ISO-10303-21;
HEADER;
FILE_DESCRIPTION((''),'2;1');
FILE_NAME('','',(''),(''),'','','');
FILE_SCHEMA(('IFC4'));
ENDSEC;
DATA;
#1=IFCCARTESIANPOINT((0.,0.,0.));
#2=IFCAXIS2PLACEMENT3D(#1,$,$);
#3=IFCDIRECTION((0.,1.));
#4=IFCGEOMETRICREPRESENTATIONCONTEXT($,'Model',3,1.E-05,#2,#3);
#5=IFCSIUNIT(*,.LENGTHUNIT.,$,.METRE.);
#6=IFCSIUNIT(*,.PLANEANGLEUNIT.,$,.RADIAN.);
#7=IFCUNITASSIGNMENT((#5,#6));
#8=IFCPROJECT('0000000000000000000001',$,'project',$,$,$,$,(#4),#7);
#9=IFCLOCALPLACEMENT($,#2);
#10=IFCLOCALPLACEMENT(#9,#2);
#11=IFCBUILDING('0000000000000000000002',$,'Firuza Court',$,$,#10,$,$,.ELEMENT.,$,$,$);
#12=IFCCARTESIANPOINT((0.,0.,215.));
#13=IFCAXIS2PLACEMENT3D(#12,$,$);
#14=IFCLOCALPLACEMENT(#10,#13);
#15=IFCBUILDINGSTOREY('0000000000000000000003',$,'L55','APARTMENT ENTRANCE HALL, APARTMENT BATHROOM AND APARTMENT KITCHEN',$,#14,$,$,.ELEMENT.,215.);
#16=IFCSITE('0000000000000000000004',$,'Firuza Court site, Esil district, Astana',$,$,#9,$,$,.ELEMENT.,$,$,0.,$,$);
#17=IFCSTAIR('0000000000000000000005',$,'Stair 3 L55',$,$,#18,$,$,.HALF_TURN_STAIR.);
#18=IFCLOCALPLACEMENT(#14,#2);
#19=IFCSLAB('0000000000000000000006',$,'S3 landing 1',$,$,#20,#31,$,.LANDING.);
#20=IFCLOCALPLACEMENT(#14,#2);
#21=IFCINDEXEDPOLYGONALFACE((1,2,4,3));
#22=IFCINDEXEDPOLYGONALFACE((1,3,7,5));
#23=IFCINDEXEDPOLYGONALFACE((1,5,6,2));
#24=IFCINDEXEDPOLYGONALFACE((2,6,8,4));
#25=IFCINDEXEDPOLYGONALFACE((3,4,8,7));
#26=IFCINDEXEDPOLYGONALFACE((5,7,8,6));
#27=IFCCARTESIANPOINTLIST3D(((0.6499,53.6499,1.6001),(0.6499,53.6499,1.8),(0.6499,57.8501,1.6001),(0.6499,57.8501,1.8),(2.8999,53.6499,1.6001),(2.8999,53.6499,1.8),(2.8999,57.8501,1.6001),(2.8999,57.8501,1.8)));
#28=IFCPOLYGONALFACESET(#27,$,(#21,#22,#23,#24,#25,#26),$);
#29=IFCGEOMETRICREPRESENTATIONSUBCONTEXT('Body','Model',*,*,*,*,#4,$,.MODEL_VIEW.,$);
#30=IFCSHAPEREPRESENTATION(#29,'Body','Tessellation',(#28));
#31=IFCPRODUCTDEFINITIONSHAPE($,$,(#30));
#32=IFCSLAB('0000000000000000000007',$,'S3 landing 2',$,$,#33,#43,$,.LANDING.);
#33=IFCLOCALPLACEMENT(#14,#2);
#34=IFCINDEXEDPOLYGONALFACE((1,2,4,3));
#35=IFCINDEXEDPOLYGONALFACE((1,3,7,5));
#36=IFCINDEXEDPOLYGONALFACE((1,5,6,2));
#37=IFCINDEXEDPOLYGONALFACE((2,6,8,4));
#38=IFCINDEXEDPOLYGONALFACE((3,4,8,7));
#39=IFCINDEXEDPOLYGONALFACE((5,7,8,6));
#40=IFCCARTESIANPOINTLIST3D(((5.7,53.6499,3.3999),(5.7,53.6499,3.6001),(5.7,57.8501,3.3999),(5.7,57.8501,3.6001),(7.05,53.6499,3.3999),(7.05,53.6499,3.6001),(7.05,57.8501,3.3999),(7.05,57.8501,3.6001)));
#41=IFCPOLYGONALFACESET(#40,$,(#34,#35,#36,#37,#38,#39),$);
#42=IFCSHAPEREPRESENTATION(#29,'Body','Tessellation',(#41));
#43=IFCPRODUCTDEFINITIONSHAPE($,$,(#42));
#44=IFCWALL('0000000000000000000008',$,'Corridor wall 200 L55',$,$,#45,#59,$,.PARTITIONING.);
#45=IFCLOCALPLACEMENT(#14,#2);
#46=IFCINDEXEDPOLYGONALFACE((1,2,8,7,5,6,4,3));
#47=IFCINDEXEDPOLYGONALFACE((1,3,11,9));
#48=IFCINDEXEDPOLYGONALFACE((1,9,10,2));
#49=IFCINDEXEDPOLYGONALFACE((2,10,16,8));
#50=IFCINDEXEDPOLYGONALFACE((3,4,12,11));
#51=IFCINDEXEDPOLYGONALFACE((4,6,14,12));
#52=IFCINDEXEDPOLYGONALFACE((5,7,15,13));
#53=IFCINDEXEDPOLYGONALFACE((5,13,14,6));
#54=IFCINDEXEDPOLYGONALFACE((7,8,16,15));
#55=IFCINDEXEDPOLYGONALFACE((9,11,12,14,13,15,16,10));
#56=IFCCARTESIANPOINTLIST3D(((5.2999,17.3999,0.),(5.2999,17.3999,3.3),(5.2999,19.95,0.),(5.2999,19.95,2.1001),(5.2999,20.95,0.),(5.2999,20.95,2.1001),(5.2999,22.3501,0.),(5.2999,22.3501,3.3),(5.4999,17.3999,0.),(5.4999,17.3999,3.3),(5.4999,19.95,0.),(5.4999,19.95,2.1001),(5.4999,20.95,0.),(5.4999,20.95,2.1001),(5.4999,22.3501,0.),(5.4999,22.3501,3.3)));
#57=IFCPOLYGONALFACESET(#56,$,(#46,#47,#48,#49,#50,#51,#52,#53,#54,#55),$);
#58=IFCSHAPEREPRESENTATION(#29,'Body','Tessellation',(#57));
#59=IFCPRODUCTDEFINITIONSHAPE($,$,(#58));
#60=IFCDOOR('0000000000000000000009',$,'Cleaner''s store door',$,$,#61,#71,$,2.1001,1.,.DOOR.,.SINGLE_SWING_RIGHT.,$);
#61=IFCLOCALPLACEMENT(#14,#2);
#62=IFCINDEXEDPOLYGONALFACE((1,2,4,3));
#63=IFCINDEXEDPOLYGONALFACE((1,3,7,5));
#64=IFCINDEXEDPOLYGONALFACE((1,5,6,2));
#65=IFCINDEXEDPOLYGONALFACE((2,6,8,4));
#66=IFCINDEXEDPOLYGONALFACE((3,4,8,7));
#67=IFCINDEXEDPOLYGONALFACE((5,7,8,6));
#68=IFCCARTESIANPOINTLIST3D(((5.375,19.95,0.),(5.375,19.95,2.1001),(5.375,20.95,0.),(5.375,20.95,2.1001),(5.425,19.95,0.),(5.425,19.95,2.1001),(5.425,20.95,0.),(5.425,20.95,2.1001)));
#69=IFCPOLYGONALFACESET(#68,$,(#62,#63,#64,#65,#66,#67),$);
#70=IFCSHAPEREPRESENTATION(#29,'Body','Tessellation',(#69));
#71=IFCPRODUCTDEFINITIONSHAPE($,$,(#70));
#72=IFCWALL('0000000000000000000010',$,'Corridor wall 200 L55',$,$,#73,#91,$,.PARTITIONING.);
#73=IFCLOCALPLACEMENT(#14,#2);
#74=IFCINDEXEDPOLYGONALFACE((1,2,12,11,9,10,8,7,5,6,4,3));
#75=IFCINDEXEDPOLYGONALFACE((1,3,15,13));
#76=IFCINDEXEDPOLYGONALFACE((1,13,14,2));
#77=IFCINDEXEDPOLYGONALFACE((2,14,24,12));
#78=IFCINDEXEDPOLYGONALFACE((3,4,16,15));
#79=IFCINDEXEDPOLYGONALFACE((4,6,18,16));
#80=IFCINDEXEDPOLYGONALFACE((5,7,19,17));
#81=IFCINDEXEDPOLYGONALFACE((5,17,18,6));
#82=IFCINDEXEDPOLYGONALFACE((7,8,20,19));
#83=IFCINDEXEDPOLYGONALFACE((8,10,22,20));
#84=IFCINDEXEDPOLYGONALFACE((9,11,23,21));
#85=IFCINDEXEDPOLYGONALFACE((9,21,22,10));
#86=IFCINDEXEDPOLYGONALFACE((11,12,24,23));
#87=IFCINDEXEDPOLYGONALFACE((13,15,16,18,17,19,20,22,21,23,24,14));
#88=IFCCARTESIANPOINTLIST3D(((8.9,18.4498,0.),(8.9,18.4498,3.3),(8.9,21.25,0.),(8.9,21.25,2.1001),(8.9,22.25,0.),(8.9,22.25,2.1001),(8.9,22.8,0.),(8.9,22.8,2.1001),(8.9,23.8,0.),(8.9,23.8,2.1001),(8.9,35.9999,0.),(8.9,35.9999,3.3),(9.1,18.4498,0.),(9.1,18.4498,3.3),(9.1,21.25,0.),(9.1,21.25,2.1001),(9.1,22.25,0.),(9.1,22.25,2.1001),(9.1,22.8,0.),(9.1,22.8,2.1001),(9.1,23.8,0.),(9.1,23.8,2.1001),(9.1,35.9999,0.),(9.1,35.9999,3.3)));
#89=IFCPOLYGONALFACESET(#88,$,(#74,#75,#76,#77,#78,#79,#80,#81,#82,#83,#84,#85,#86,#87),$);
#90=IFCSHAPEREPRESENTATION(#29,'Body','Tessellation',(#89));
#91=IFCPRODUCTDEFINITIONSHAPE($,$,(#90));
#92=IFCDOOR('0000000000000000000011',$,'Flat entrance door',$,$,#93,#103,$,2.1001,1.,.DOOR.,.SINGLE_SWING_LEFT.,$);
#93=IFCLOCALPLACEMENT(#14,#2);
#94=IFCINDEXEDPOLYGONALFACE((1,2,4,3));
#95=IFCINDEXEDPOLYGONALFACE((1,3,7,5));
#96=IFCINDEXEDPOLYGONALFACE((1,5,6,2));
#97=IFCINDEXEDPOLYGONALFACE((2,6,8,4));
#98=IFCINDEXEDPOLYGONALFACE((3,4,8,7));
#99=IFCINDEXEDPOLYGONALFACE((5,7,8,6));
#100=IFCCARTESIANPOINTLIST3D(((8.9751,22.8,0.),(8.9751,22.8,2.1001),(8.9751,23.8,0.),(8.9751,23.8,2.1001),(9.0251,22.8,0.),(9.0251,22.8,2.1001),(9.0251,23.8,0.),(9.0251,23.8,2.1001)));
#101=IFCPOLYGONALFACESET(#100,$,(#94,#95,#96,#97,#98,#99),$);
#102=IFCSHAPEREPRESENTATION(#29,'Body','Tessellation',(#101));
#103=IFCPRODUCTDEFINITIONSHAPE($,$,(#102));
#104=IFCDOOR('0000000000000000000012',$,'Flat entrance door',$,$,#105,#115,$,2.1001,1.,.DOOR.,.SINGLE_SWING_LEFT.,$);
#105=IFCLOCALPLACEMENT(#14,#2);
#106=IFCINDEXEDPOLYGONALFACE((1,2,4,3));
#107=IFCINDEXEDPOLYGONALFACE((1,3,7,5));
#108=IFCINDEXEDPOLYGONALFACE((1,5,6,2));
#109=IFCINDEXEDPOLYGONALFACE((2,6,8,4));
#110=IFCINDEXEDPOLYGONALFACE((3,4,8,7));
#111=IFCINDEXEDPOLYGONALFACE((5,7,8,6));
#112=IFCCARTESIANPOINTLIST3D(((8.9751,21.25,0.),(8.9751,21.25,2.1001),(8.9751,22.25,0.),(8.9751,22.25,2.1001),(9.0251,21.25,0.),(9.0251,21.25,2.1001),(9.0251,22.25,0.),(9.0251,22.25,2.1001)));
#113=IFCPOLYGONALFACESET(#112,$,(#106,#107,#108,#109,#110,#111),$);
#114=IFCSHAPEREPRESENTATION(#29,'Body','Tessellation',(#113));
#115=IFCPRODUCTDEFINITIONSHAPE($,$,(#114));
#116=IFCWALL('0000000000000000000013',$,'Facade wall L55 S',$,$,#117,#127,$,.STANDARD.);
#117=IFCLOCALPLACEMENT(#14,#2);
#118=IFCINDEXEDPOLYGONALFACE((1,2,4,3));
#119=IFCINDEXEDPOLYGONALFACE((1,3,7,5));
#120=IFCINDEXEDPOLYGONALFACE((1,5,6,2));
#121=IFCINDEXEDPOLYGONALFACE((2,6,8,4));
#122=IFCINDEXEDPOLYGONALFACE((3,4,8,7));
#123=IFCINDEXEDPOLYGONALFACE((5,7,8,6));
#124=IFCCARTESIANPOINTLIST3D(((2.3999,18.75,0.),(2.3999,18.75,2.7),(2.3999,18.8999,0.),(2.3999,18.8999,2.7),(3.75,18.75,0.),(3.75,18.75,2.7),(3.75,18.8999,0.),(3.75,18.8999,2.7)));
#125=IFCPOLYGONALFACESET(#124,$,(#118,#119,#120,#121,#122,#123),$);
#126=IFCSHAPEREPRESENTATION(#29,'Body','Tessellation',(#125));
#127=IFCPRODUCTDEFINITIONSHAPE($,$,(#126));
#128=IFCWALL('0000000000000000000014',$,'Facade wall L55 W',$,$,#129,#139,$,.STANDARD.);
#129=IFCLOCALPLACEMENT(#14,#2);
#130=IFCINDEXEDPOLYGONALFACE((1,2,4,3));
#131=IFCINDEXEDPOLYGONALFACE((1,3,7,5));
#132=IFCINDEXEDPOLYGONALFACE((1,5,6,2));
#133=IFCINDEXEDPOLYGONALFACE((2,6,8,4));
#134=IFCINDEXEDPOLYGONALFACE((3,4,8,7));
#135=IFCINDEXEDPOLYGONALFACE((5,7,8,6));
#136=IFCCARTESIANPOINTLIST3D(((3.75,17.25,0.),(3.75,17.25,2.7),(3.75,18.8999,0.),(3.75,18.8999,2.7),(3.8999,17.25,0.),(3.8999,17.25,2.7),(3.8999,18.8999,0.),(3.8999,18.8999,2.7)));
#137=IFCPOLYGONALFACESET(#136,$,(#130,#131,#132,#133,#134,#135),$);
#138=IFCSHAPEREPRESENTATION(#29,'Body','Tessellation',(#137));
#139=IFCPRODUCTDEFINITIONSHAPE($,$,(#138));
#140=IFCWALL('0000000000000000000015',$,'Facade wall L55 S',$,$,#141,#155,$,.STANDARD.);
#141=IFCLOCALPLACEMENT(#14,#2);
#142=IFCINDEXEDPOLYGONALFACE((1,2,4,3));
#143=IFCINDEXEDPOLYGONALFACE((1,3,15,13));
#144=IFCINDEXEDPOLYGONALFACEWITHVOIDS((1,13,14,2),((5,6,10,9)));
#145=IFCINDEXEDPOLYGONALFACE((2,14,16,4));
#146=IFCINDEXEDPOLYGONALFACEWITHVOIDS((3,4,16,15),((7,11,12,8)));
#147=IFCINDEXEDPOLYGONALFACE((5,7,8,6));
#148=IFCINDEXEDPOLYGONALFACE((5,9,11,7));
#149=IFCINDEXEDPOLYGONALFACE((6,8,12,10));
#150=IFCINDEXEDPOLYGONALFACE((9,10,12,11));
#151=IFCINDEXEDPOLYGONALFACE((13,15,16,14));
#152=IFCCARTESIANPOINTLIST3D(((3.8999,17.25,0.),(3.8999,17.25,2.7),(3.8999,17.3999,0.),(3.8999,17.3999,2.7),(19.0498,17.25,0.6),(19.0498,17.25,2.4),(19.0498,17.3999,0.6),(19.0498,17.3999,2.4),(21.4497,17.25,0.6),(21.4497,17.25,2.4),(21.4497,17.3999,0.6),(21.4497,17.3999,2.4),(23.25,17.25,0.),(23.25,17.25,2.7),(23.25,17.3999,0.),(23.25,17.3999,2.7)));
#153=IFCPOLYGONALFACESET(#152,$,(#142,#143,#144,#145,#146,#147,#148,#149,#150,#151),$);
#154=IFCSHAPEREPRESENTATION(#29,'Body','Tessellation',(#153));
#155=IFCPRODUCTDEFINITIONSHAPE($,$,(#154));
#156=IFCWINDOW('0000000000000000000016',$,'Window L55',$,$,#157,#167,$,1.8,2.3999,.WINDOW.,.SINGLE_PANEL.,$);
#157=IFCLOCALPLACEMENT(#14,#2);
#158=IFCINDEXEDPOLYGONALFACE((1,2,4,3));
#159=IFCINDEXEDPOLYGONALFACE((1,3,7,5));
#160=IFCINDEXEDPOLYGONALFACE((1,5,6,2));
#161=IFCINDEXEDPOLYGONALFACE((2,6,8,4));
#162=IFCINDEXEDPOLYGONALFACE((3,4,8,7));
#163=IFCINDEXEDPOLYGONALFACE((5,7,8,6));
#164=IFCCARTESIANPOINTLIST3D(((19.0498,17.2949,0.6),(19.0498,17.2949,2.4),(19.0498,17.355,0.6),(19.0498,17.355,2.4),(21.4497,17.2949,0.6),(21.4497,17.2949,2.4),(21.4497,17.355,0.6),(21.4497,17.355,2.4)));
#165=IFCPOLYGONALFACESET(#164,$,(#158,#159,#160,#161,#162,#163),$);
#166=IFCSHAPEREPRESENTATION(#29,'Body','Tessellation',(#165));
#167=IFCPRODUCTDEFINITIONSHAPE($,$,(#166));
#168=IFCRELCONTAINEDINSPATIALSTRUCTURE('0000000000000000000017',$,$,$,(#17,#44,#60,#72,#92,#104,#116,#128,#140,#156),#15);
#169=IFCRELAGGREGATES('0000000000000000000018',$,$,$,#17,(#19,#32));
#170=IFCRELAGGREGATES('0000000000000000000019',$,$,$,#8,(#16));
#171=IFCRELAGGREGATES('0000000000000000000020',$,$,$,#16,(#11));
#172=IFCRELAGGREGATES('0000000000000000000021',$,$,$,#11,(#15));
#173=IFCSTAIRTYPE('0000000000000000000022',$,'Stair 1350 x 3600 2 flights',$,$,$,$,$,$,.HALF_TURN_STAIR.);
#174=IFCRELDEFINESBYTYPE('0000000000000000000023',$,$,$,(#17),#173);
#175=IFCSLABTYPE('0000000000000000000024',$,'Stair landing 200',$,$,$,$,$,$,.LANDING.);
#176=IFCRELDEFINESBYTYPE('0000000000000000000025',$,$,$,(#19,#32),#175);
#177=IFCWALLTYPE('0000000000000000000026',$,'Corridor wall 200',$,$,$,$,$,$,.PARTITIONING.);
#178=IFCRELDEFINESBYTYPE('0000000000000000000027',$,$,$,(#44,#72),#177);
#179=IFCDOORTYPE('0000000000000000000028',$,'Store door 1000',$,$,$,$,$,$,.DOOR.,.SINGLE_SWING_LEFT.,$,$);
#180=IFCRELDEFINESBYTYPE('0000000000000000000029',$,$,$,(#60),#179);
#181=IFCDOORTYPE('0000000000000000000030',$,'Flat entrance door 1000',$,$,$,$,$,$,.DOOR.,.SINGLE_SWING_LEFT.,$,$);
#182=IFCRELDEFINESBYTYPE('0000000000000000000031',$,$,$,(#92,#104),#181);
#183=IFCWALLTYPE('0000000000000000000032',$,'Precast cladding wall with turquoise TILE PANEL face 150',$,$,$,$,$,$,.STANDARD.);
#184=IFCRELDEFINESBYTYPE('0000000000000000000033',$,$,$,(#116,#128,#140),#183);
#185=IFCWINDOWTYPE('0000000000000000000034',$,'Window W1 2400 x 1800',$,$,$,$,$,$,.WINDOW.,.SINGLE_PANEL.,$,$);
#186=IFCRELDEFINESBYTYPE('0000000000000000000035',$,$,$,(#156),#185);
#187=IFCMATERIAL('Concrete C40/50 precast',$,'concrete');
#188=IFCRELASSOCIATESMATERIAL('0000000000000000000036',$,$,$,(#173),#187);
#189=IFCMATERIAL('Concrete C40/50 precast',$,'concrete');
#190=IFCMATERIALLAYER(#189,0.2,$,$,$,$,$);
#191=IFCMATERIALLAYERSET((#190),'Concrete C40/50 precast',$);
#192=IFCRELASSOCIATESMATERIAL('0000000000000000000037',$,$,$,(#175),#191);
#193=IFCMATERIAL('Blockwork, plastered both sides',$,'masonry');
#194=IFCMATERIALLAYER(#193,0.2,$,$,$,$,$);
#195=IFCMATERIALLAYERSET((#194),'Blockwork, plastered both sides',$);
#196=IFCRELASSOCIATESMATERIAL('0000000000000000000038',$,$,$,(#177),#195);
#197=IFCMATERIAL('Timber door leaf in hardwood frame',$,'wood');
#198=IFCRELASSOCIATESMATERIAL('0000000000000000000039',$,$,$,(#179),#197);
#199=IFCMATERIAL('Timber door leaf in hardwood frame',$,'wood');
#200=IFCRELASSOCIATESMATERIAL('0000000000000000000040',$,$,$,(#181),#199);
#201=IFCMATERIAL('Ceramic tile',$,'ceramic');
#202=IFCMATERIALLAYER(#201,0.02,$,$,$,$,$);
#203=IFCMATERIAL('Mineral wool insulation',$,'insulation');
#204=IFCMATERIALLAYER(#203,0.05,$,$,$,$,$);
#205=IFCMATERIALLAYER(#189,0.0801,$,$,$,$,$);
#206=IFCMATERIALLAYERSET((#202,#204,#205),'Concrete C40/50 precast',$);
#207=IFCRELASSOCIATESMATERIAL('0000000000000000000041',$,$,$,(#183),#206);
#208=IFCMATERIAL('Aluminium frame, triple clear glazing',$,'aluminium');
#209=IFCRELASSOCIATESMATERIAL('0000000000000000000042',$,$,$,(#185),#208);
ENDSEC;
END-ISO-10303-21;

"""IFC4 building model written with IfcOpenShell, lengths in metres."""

from ifc_helpers import new_model, si_unit, direction, frame, frame_2d, origin, place, context, subcontext, project, spatial, polyline, rectangle, outline, extrude, material, layer, layer_set, type_object, element, fill, aggregate, save


model = new_model("IFC4")

# Units and contexts
model_context = context("Model", 3, precision=1e-05, world=origin(), true_north=direction((0.0, 1.0)))
body_context = subcontext(model_context, "Body", "Model", "MODEL_VIEW")
ifc_project = project(units=[si_unit("LENGTHUNIT", "METRE"), si_unit("PLANEANGLEUNIT", "RADIAN")], contexts=[model_context])

# Site, building, storey
site_placement = place(None, origin())
site = spatial("IfcSite", under=ifc_project, at=site_placement, Name="Firuza Court site, Esil district, Astana", CompositionType="ELEMENT", RefElevation=0.0)
building_placement = place(site_placement, origin())
building = spatial("IfcBuilding", under=site, at=building_placement, Name="Firuza Court", CompositionType="ELEMENT")
storey_placement = place(building_placement, frame((0.0, 0.0, 215.0)))
storey = spatial("IfcBuildingStorey", under=building, at=storey_placement, Name="L55", Description="APARTMENT ENTRANCE HALL, APARTMENT BATHROOM AND APARTMENT KITCHEN", CompositionType="ELEMENT", Elevation=215.0)

# Stair, slabs
ifc_material_1 = material(Name="Concrete C40/50 precast", Category="concrete")
stair_type = type_object("IfcStairType", Name="Stair 1350 x 3600 2 flights", PredefinedType="HALF_TURN_STAIR", material=ifc_material_1)
ifc_material_2 = material(Name="Concrete C40/50 precast", Category="concrete")
ifc_layer_1 = layer(ifc_material_2, 0.2)
ifc_layer_set_1 = layer_set([ifc_layer_1], Name="Concrete C40/50 precast")
slab_type_1 = type_object("IfcSlabType", Name="Stair landing 200", PredefinedType="LANDING", material=ifc_layer_set_1)
stair_1_placement = place(storey_placement, origin())
stair_1 = element("IfcStair", 1, at=stair_1_placement, inside=storey, type_object=stair_type, Name="Stair 3 L55", PredefinedType="HALF_TURN_STAIR")
slab_1_placement = place(storey_placement, frame((0.0, 0.0, 1.6001)))
slab_1 = element("IfcSlab", 2, at=slab_1_placement, type_object=slab_type_1, Name="S3 landing 1", PredefinedType="LANDING", context=body_context, shape_type="SweptSolid", body=[
    extrude(outline(polyline([(2.8999, 53.6499), (2.8999, 57.8501), (0.6499, 57.8501), (0.6499, 53.6499), (2.8999, 53.6499)])), origin(), (0.0, 0.0, 1.0), 0.2),
])
slab_2_placement = place(storey_placement, frame((0.0, 0.0, 3.3999)))
slab_2 = element("IfcSlab", 3, at=slab_2_placement, type_object=slab_type_1, Name="S3 landing 2", PredefinedType="LANDING", context=body_context, shape_type="SweptSolid", body=[
    extrude(outline(polyline([(7.05, 53.6499), (7.05, 57.8501), (5.7, 57.8501), (5.7, 53.6499), (7.05, 53.6499)])), origin(), (0.0, 0.0, 1.0), 0.2002),
])
aggregate(stair_1, [slab_1, slab_2])

# Wall, opening, door
ifc_material_3 = material(Name="Blockwork, plastered both sides", Category="masonry")
ifc_layer_2 = layer(ifc_material_3, 0.2)
ifc_layer_set_2 = layer_set([ifc_layer_2], Name="Blockwork, plastered both sides")
wall_type_1 = type_object("IfcWallType", Name="Corridor wall 200", PredefinedType="PARTITIONING", material=ifc_layer_set_2)
wall_1_placement = place(storey_placement, frame((5.3999, 17.3999, 0.0), z_axis=(0.0, 0.0, 1.0), x_axis=(0.0, 1.0, 0.0)))
wall_1 = element("IfcWall", 4, at=wall_1_placement, inside=storey, type_object=wall_type_1, Name="Corridor wall 200 L55", PredefinedType="PARTITIONING", context=body_context, shape_type="SweptSolid", body=[
    extrude(rectangle(XDim=4.9502, YDim=0.2, at=frame_2d((2.4751, 0.0))), origin(), (0.0, 0.0, 1.0), 3.3),
])
opening_1_placement = place(wall_1_placement, frame((2.55, 0.0, 0.0)))
opening_1 = element("IfcOpeningElement", 5, at=opening_1_placement, cuts=wall_1, PredefinedType="OPENING", context=body_context, shape_type="SweptSolid", body=[
    extrude(rectangle(XDim=1.0, YDim=2.1001, at=frame_2d((0.5, 1.05))), frame((0.0, 0.1118, 0.0), z_axis=(0.0, -1.0, 0.0), x_axis=(1.0, 0.0, 0.0)), (0.0, 0.0, 1.0), 0.2239),
])
ifc_material_4 = material(Name="Timber door leaf in hardwood frame", Category="wood")
door_type_1 = type_object("IfcDoorType", Name="Store door 1000", OperationType="SINGLE_SWING_LEFT", PredefinedType="DOOR", material=ifc_material_4)
door_1_placement = place(opening_1_placement, origin())
door_1 = element("IfcDoor", 6, at=door_1_placement, inside=storey, type_object=door_type_1, Name="Cleaner's store door", OperationType="SINGLE_SWING_RIGHT", OverallHeight=2.1001, OverallWidth=1.0, PredefinedType="DOOR", context=body_context, shape_type="SweptSolid", body=[
    extrude(rectangle(XDim=1.0, YDim=2.1001, at=frame_2d((0.5, 1.05))), frame((0.0, 0.0249, 0.0), z_axis=(0.0, -1.0, 0.0), x_axis=(1.0, 0.0, 0.0)), (0.0, 0.0, 1.0), 0.05),
])
fill(opening_1, door_1)

# Wall, openings, doors
wall_2_placement = place(storey_placement, frame((9.0, 18.45, 0.0), z_axis=(0.0, 0.0, 1.0), x_axis=(0.0, 1.0, 0.0)))
wall_2 = element("IfcWall", 7, at=wall_2_placement, inside=storey, type_object=wall_type_1, Name="Corridor wall 200 L55", PredefinedType="PARTITIONING", context=body_context, shape_type="SweptSolid", body=[
    extrude(rectangle(XDim=17.55, YDim=0.2, at=frame_2d((8.7749, 0.0))), origin(), (0.0, 0.0, 1.0), 3.3),
])
opening_2_placement = place(wall_2_placement, frame((4.3501, 0.0, 0.0)))
opening_2 = element("IfcOpeningElement", 8, at=opening_2_placement, cuts=wall_2, PredefinedType="OPENING", context=body_context, shape_type="SweptSolid", body=[
    extrude(rectangle(XDim=1.0, YDim=2.1001, at=frame_2d((0.5, 1.05))), frame((0.0, 0.1118, 0.0), z_axis=(0.0, -1.0, 0.0), x_axis=(1.0, 0.0, 0.0)), (0.0, 0.0, 1.0), 0.2239),
])
opening_3_placement = place(wall_2_placement, frame((2.8, 0.0, 0.0)))
opening_3 = element("IfcOpeningElement", 9, at=opening_3_placement, cuts=wall_2, PredefinedType="OPENING", context=body_context, shape_type="SweptSolid", body=[
    extrude(rectangle(XDim=1.0, YDim=2.1001, at=frame_2d((0.5, 1.05))), frame((0.0, 0.1118, 0.0), z_axis=(0.0, -1.0, 0.0), x_axis=(1.0, 0.0, 0.0)), (0.0, 0.0, 1.0), 0.2239),
])
ifc_material_5 = material(Name="Timber door leaf in hardwood frame", Category="wood")
door_type_2 = type_object("IfcDoorType", Name="Flat entrance door 1000", OperationType="SINGLE_SWING_LEFT", PredefinedType="DOOR", material=ifc_material_5)
door_2_placement = place(opening_2_placement, origin())
door_2 = element("IfcDoor", 10, at=door_2_placement, inside=storey, type_object=door_type_2, Name="Flat entrance door", OperationType="SINGLE_SWING_LEFT", OverallHeight=2.1001, OverallWidth=1.0, PredefinedType="DOOR", context=body_context, shape_type="SweptSolid", body=[
    extrude(rectangle(XDim=1.0, YDim=2.1001, at=frame_2d((0.5, 1.05))), frame((0.0, 0.0249, 0.0), z_axis=(0.0, -1.0, 0.0), x_axis=(1.0, 0.0, 0.0)), (0.0, 0.0, 1.0), 0.05),
])
fill(opening_2, door_2)
door_3_placement = place(opening_3_placement, origin())
door_3 = element("IfcDoor", 11, at=door_3_placement, inside=storey, type_object=door_type_2, Name="Flat entrance door", OperationType="SINGLE_SWING_LEFT", OverallHeight=2.1001, OverallWidth=1.0, PredefinedType="DOOR", context=body_context, shape_type="SweptSolid", body=[
    extrude(rectangle(XDim=1.0, YDim=2.1001, at=frame_2d((0.5, 1.05))), frame((0.0, 0.0249, 0.0), z_axis=(0.0, -1.0, 0.0), x_axis=(1.0, 0.0, 0.0)), (0.0, 0.0, 1.0), 0.05),
])
fill(opening_3, door_3)

# Walls
ifc_material_6 = material(Name="Ceramic tile", Category="ceramic")
ifc_layer_3 = layer(ifc_material_6, 0.02)
ifc_material_7 = material(Name="Mineral wool insulation", Category="insulation")
ifc_layer_4 = layer(ifc_material_7, 0.05)
ifc_layer_5 = layer(ifc_material_2, 0.0801)
ifc_layer_set_3 = layer_set([ifc_layer_3, ifc_layer_4, ifc_layer_5], Name="Concrete C40/50 precast")
wall_type_2 = type_object("IfcWallType", Name="Precast cladding wall with turquoise TILE PANEL face 150", PredefinedType="STANDARD", material=ifc_layer_set_3)
wall_3_placement = place(storey_placement, frame((2.3999, 18.825, 0.0), z_axis=(0.0, 0.0, 1.0), x_axis=(1.0, 0.0, 0.0)))
element("IfcWall", 12, at=wall_3_placement, inside=storey, type_object=wall_type_2, Name="Facade wall L55 S", PredefinedType="STANDARD", context=body_context, shape_type="SweptSolid", body=[
    extrude(rectangle(XDim=1.3501, YDim=0.1499, at=frame_2d((0.675, 0.0))), origin(), (0.0, 0.0, 1.0), 2.7),
])
wall_4_placement = place(storey_placement, frame((3.825, 18.8999, 0.0), z_axis=(0.0, 0.0, 1.0), x_axis=(0.0, -1.0, 0.0)))
element("IfcWall", 13, at=wall_4_placement, inside=storey, type_object=wall_type_2, Name="Facade wall L55 W", PredefinedType="STANDARD", context=body_context, shape_type="SweptSolid", body=[
    extrude(rectangle(XDim=1.6499, YDim=0.1499, at=frame_2d((0.825, 0.0))), origin(), (0.0, 0.0, 1.0), 2.7),
])

# Wall, opening, window
wall_5_placement = place(storey_placement, frame((3.8999, 17.325, 0.0), z_axis=(0.0, 0.0, 1.0), x_axis=(1.0, 0.0, 0.0)))
wall_5 = element("IfcWall", 14, at=wall_5_placement, inside=storey, type_object=wall_type_2, Name="Facade wall L55 S", PredefinedType="STANDARD", context=body_context, shape_type="SweptSolid", body=[
    extrude(rectangle(XDim=19.3501, YDim=0.1499, at=frame_2d((9.675, 0.0))), origin(), (0.0, 0.0, 1.0), 2.7),
])
opening_4_placement = place(wall_5_placement, frame((15.1499, 0.0, 0.6001)))
opening_4 = element("IfcOpeningElement", 15, at=opening_4_placement, cuts=wall_5, PredefinedType="OPENING", context=body_context, shape_type="SweptSolid", body=[
    extrude(rectangle(XDim=2.3999, YDim=1.8, at=frame_2d((1.2, 0.8999))), frame((0.0, 0.0869, 0.0), z_axis=(0.0, -1.0, 0.0), x_axis=(1.0, 0.0, 0.0)), (0.0, 0.0, 1.0), 0.1738),
])
ifc_material_8 = material(Name="Aluminium frame, triple clear glazing", Category="aluminium")
window_type = type_object("IfcWindowType", Name="Window W1 2400 x 1800", PartitioningType="SINGLE_PANEL", PredefinedType="WINDOW", material=ifc_material_8)
window_placement = place(opening_4_placement, origin())
window = element("IfcWindow", 16, at=window_placement, inside=storey, type_object=window_type, Name="Window L55", OverallHeight=1.8, OverallWidth=2.3999, PartitioningType="SINGLE_PANEL", PredefinedType="WINDOW", context=body_context, shape_type="SweptSolid", body=[
    extrude(rectangle(XDim=2.3999, YDim=1.8, at=frame_2d((1.2, 0.8999))), frame((0.0, 0.03, 0.0), z_axis=(0.0, -1.0, 0.0), x_axis=(1.0, 0.0, 0.0)), (0.0, 0.0, 1.0), 0.0601),
])
fill(opening_4, window)

save(model, "model.ifc")
